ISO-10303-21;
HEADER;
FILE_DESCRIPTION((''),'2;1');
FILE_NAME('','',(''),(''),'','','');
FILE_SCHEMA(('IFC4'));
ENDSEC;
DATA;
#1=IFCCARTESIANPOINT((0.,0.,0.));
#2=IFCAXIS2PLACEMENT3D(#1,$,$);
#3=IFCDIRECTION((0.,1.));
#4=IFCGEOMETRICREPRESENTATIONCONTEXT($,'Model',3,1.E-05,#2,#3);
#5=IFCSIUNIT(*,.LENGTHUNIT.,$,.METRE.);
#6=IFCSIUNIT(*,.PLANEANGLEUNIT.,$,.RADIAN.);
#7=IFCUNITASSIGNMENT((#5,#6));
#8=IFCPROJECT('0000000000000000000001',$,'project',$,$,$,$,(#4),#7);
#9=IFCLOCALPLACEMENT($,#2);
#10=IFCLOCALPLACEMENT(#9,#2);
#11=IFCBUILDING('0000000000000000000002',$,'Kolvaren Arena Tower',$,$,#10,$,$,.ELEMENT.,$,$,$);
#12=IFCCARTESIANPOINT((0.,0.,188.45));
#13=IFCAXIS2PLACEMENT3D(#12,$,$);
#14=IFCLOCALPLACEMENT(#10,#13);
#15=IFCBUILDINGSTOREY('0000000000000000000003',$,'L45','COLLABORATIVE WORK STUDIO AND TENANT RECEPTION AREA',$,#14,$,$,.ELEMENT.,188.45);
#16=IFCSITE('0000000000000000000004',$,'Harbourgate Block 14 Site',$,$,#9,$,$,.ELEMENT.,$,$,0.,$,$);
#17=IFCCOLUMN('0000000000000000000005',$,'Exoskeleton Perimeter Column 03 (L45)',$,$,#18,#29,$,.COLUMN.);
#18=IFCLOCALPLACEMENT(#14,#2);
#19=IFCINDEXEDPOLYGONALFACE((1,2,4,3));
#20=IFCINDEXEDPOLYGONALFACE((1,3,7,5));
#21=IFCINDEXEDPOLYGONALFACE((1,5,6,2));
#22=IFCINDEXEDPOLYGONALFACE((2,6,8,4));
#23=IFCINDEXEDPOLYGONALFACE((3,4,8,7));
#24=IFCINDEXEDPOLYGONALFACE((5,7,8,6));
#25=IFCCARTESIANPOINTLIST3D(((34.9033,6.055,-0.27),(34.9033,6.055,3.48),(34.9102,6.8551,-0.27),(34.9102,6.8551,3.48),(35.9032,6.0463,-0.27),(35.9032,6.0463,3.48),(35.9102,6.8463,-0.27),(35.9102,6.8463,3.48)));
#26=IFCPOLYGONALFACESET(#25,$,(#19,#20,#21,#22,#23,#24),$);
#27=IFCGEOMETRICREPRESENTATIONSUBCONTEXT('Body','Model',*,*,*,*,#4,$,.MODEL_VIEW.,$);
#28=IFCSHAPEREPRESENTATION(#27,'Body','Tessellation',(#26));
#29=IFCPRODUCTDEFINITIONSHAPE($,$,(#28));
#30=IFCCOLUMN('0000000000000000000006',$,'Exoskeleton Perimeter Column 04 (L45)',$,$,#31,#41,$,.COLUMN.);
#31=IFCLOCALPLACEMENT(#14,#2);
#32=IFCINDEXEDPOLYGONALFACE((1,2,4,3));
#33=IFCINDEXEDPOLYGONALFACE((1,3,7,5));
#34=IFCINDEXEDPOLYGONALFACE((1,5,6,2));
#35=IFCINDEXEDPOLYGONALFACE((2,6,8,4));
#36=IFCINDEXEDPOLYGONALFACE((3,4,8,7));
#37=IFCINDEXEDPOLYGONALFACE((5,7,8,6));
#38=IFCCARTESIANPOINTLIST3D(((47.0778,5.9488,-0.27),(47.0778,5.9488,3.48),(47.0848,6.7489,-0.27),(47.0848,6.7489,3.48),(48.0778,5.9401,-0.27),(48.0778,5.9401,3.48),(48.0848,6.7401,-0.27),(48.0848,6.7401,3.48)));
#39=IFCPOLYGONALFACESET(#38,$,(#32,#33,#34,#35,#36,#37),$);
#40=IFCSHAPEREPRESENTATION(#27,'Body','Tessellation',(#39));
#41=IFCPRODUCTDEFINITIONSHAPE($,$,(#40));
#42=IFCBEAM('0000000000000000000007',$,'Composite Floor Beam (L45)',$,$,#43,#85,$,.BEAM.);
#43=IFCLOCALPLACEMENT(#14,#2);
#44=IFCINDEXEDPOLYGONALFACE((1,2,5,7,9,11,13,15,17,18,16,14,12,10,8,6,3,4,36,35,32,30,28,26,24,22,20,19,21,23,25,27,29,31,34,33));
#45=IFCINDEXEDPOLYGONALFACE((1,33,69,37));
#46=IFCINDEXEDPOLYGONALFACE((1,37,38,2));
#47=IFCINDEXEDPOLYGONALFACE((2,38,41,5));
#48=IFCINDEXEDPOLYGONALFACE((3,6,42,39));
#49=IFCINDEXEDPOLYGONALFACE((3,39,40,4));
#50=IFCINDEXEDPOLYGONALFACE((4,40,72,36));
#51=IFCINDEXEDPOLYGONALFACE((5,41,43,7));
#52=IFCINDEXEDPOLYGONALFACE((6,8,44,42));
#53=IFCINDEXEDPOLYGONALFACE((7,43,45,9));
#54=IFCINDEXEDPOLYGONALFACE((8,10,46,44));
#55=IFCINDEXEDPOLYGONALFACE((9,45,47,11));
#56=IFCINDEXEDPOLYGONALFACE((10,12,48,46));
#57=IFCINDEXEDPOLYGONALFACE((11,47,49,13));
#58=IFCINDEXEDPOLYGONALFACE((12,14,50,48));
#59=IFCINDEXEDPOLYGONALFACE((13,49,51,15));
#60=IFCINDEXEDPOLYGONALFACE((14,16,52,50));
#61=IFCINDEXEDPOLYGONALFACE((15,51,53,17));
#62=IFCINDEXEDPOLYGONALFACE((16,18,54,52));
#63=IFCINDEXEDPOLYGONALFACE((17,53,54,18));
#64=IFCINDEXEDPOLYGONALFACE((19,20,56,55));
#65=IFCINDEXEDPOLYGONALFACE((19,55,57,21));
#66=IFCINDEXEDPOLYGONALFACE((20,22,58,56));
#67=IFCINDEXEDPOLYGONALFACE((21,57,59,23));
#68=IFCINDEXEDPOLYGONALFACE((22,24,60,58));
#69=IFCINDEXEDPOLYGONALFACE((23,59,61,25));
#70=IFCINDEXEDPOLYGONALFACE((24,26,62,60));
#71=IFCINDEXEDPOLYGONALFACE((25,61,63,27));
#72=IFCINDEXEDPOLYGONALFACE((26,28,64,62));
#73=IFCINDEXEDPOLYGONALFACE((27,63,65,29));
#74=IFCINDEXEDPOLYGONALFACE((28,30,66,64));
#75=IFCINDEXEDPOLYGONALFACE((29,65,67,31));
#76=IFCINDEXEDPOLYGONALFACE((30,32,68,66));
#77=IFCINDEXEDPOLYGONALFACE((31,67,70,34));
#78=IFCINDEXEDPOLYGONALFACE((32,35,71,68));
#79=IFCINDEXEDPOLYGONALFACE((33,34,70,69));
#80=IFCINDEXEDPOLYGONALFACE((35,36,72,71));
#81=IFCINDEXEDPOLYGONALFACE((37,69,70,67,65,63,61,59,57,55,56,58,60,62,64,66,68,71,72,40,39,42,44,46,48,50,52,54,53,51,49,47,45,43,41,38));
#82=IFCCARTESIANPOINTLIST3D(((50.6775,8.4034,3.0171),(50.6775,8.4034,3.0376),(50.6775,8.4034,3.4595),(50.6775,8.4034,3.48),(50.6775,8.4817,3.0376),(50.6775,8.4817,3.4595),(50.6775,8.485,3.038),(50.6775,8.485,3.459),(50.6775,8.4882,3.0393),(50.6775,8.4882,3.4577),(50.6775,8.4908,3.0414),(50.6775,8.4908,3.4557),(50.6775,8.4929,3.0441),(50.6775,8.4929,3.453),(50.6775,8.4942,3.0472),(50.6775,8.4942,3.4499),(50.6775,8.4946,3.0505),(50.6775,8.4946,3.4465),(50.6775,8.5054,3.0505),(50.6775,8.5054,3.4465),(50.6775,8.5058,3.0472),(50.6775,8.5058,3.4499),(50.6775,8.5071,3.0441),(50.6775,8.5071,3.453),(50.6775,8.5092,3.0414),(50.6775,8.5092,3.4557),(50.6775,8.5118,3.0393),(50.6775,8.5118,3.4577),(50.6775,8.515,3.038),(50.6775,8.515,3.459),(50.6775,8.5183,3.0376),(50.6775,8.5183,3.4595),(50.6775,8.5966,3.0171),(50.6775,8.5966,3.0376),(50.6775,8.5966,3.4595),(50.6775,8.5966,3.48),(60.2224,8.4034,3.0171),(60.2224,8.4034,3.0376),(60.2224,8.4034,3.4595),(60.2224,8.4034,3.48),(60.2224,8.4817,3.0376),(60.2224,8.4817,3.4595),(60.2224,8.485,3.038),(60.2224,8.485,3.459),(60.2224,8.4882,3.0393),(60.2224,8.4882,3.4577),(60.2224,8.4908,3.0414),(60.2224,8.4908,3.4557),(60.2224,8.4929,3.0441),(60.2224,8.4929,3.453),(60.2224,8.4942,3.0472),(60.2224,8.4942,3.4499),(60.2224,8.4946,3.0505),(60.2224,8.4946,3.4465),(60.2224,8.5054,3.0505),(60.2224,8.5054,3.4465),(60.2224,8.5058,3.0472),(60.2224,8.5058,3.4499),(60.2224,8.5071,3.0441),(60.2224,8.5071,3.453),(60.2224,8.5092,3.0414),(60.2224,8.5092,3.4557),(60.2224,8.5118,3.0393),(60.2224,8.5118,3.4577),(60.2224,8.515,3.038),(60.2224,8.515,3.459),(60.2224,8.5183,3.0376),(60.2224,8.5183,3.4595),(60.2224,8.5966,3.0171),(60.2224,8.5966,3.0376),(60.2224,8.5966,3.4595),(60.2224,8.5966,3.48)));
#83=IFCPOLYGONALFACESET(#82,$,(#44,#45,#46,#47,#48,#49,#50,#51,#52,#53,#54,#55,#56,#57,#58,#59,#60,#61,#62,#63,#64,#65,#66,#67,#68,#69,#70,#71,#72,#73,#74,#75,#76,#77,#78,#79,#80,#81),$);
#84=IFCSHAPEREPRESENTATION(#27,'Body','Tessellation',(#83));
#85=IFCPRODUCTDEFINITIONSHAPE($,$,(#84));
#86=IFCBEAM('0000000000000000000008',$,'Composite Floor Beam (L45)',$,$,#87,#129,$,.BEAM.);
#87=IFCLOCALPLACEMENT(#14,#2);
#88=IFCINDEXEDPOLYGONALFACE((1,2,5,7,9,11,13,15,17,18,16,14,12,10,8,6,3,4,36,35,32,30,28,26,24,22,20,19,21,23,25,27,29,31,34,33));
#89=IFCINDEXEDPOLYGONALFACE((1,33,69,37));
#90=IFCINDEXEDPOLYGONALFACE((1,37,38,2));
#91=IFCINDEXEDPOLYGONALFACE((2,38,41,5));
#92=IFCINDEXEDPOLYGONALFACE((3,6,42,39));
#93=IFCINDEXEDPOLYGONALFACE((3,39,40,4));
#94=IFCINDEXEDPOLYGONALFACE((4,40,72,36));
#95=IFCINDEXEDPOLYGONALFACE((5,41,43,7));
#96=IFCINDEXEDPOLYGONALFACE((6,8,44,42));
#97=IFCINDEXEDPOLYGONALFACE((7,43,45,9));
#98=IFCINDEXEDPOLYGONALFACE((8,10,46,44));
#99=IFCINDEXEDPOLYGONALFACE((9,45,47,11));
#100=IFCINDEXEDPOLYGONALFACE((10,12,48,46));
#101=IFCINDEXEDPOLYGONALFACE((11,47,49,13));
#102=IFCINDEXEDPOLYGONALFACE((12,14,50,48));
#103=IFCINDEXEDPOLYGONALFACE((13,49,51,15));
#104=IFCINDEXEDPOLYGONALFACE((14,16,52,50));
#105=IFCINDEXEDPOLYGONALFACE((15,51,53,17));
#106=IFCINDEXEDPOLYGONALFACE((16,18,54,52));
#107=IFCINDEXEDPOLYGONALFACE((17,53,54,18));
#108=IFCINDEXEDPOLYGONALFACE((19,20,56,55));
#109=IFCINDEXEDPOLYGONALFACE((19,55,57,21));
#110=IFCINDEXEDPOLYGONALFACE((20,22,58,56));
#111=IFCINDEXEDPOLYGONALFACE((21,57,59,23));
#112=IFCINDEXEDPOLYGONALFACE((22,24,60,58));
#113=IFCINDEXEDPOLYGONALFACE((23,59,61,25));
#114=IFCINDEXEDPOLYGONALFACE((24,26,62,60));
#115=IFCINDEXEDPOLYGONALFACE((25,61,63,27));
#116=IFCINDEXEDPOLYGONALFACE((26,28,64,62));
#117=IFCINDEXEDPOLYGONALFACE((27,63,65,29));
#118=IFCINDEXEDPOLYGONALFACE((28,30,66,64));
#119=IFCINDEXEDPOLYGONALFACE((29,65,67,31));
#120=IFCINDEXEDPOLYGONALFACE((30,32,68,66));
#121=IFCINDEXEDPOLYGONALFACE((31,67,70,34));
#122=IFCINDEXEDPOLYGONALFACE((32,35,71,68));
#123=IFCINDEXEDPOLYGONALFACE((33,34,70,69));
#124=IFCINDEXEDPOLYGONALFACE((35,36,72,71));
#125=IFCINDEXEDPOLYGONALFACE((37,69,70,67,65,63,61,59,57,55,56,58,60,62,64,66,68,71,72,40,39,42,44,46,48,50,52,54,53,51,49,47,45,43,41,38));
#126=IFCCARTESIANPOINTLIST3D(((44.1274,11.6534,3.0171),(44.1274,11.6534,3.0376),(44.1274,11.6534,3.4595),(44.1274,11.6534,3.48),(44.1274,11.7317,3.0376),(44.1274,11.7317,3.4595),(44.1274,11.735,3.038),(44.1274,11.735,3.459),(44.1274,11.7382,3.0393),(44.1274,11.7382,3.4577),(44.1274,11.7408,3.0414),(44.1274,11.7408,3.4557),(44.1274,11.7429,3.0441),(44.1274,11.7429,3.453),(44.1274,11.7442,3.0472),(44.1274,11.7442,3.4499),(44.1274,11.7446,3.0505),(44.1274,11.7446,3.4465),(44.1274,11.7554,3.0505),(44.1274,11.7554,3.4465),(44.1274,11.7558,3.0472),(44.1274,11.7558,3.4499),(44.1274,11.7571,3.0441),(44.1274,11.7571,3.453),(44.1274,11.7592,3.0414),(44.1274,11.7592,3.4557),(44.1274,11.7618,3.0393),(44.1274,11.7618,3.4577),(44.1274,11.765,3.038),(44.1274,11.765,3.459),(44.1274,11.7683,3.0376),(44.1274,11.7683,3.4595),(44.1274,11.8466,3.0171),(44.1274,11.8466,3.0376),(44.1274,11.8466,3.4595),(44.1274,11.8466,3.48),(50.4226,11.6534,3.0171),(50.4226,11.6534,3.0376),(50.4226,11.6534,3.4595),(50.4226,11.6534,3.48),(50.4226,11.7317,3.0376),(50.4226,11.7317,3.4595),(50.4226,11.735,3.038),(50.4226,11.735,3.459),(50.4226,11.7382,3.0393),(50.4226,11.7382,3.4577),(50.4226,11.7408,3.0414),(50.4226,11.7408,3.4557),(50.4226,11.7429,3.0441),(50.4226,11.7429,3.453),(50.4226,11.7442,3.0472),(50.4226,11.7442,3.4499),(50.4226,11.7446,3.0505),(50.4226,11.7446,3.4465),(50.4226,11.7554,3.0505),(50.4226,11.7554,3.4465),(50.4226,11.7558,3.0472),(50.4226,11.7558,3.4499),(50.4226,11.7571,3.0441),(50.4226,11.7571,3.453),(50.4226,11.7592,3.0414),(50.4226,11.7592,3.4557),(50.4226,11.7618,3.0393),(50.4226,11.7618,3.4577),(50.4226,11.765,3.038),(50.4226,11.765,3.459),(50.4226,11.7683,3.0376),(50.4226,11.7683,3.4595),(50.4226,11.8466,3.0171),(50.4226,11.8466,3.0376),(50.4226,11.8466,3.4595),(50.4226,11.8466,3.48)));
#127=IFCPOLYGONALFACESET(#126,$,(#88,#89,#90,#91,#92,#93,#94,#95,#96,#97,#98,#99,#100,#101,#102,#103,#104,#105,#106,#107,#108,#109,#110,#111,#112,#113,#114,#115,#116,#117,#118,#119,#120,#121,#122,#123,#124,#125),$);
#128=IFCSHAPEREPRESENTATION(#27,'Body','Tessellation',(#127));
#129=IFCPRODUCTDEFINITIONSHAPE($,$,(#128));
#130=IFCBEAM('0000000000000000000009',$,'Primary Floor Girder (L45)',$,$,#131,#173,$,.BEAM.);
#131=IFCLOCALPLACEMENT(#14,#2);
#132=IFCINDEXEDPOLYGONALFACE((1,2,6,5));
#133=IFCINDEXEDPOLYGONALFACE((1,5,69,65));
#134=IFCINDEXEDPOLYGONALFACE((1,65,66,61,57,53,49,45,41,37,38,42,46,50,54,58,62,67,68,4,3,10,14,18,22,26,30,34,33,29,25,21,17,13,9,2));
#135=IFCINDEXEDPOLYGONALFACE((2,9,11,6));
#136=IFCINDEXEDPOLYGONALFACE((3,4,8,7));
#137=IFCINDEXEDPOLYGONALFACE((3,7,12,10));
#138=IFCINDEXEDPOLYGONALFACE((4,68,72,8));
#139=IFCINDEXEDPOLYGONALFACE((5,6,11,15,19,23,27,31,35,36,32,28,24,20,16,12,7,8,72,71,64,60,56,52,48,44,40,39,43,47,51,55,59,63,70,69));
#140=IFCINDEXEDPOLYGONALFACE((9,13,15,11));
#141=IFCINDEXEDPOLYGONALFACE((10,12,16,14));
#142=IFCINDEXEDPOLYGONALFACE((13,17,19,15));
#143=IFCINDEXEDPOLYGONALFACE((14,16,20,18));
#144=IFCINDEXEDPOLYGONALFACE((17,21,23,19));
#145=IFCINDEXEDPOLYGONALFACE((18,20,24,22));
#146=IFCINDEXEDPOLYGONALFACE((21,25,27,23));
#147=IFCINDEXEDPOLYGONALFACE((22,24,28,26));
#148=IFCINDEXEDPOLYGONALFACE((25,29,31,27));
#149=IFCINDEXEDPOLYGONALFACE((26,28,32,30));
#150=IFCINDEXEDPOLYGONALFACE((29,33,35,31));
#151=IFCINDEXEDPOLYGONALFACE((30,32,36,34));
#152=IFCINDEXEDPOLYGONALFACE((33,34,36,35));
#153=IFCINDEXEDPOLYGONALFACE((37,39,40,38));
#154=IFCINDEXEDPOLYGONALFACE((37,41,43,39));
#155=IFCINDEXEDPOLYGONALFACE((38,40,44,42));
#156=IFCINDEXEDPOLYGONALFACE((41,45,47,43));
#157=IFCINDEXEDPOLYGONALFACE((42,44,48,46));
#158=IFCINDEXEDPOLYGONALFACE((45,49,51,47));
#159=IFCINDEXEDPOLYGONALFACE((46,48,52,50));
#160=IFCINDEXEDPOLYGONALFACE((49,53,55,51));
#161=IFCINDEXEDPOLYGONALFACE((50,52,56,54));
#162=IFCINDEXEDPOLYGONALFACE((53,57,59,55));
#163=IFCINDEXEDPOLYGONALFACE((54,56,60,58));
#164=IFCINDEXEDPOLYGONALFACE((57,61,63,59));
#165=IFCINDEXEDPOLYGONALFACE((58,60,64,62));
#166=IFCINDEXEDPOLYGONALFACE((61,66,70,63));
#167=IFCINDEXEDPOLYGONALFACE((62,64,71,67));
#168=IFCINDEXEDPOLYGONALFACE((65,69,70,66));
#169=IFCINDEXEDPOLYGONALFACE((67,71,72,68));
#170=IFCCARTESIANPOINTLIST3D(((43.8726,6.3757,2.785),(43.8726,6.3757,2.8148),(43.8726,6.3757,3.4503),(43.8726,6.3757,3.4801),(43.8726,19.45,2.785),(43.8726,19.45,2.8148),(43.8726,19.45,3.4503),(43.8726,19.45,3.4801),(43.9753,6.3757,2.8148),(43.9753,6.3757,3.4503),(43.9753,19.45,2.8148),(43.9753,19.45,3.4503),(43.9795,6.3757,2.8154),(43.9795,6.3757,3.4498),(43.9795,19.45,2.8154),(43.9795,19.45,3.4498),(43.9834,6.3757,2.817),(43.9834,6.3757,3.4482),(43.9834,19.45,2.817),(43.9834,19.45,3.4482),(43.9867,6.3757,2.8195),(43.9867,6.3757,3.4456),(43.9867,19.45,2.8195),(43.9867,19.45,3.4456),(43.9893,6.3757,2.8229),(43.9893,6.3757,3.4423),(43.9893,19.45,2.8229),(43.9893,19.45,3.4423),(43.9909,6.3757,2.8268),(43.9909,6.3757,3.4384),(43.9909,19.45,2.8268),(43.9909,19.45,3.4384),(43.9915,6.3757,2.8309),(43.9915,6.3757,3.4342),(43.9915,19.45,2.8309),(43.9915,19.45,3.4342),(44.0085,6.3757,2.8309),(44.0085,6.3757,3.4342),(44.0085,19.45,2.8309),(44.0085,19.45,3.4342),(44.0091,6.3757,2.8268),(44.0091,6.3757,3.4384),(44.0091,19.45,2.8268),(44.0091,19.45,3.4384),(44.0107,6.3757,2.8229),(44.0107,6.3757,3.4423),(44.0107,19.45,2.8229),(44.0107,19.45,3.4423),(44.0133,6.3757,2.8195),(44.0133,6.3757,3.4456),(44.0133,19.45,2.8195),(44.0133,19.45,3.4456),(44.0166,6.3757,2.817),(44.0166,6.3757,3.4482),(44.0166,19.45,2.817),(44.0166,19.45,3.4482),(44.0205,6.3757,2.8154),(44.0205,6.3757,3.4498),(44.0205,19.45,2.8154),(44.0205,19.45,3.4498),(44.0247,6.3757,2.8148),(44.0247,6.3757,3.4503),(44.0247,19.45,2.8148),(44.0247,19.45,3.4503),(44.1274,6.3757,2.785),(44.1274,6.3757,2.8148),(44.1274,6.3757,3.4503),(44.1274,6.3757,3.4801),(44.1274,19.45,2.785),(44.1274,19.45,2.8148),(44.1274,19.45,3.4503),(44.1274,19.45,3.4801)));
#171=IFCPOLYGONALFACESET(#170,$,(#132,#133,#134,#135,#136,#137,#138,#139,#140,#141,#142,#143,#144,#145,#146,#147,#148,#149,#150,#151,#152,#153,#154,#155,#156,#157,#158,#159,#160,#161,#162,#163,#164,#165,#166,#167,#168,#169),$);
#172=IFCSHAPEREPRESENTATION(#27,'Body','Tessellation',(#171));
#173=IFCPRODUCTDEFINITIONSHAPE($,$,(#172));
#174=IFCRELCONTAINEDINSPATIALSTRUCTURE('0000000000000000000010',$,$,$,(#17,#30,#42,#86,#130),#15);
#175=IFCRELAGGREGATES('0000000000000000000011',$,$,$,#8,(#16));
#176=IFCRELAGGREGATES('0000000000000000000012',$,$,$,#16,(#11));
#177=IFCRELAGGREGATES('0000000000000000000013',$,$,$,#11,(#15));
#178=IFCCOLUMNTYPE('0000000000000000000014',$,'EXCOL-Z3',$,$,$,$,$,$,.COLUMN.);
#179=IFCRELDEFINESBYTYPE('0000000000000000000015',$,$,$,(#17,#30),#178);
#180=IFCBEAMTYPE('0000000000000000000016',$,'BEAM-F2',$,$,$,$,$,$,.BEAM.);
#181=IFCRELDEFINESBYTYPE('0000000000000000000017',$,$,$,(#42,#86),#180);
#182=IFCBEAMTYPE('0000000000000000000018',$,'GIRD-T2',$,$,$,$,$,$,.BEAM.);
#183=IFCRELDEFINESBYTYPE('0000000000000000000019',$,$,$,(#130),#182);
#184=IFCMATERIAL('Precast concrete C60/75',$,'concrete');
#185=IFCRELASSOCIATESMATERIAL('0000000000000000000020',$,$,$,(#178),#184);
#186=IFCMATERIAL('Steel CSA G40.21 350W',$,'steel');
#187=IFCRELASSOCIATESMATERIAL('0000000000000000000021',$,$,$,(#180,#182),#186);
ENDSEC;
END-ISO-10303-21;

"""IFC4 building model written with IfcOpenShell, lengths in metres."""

from ifc_helpers import new_model, si_unit, direction, frame, origin, origin_2d, place, context, subcontext, project, spatial, rectangle, i_section, extrude, material, material_profile, profile_set, type_object, element, save


model = new_model("IFC4")

# Units and contexts
model_context = context("Model", 3, precision=1e-05, world=origin(), true_north=direction((0.0, 1.0)))
body_context = subcontext(model_context, "Body", "Model", "MODEL_VIEW")
ifc_project = project(units=[si_unit("LENGTHUNIT", "METRE"), si_unit("PLANEANGLEUNIT", "RADIAN")], contexts=[model_context])

# Site, building, storey
site_placement = place(None, origin())
site = spatial("IfcSite", under=ifc_project, at=site_placement, Name="Harbourgate Block 14 Site", CompositionType="ELEMENT", RefElevation=0.0)
building_placement = place(site_placement, origin())
building = spatial("IfcBuilding", under=site, at=building_placement, Name="Kolvaren Arena Tower", CompositionType="ELEMENT")
storey_placement = place(building_placement, frame((0.0, 0.0, 188.45)))
storey = spatial("IfcBuildingStorey", under=building, at=storey_placement, Name="L45", Description="COLLABORATIVE WORK STUDIO AND TENANT RECEPTION AREA", CompositionType="ELEMENT", Elevation=188.45)

# Columns
ifc_material_1 = material(Name="Precast concrete C60/75", Category="concrete")
ifc_material_profile_1 = material_profile(ifc_material_1, rectangle(XDim=1.0, YDim=0.8, at=origin_2d()), Name="RC-1000x800")
ifc_profile_set_1 = profile_set([ifc_material_profile_1], Name="Precast concrete C60/75")
column_type = type_object("IfcColumnType", Name="EXCOL-Z3", PredefinedType="COLUMN", material=ifc_profile_set_1)
for number, where, z_axis, x_axis, name in (
    (1, (35.4067, 6.4507, -0.27), (0.0, 0.0, 1.0), (0.999962, -0.008727, 0.0), "Exoskeleton Perimeter Column 03 (L45)"),
    (2, (47.5813, 6.3445, -0.27), (0.0, 0.0, 1.0), (0.999962, -0.008727, 0.0), "Exoskeleton Perimeter Column 04 (L45)"),
):
    element("IfcColumn", number, at=place(storey_placement, frame(where, z_axis=z_axis, x_axis=x_axis)), inside=storey, type_object=column_type, Name=name, PredefinedType="COLUMN", context=body_context, shape_type="SweptSolid", body=[
        extrude(rectangle(XDim=1.0, YDim=0.8, at=origin_2d()), origin(), (0.0, 0.0, 1.0), 3.75),
    ])

# Beams
ifc_material_2 = material(Name="Steel CSA G40.21 350W", Category="steel")
ifc_material_profile_2 = material_profile(ifc_material_2, i_section(OverallWidth=0.1931, OverallDepth=0.4629, WebThickness=0.0107, FlangeThickness=0.0205, FilletRadius=0.0129, at=origin_2d()), Name="W460x113")
ifc_profile_set_2 = profile_set([ifc_material_profile_2], Name="Steel CSA G40.21 350W")
beam_type_1 = type_object("IfcBeamType", Name="BEAM-F2", PredefinedType="BEAM", material=ifc_profile_set_2)
beam_1_placement = place(storey_placement, frame((50.6775, 8.5, 3.2485), z_axis=(1.0, 0.0, 0.0), x_axis=(0.0, 1.0, 0.0)))
element("IfcBeam", 3, at=beam_1_placement, inside=storey, type_object=beam_type_1, Name="Composite Floor Beam (L45)", PredefinedType="BEAM", context=body_context, shape_type="SweptSolid", body=[
    extrude(i_section(OverallWidth=0.1931, OverallDepth=0.4629, WebThickness=0.0107, FlangeThickness=0.0205, FilletRadius=0.0129, at=origin_2d()), origin(), (0.0, 0.0, 1.0), 9.5449),
])
beam_2_placement = place(storey_placement, frame((44.1274, 11.75, 3.2485), z_axis=(1.0, 0.0, 0.0), x_axis=(0.0, 1.0, 0.0)))
element("IfcBeam", 4, at=beam_2_placement, inside=storey, type_object=beam_type_1, Name="Composite Floor Beam (L45)", PredefinedType="BEAM", context=body_context, shape_type="SweptSolid", body=[
    extrude(i_section(OverallWidth=0.1931, OverallDepth=0.4629, WebThickness=0.0107, FlangeThickness=0.0205, FilletRadius=0.0129, at=origin_2d()), origin(), (0.0, 0.0, 1.0), 6.2952),
])
ifc_material_profile_3 = material_profile(ifc_material_2, i_section(OverallWidth=0.2549, OverallDepth=0.6951, WebThickness=0.0171, FlangeThickness=0.0298, FilletRadius=0.0161, at=origin_2d()), Name="W690x217")
ifc_profile_set_3 = profile_set([ifc_material_profile_3], Name="Steel CSA G40.21 350W")
beam_type_2 = type_object("IfcBeamType", Name="GIRD-T2", PredefinedType="BEAM", material=ifc_profile_set_3)
beam_3_placement = place(storey_placement, frame((44.0, 6.3757, 3.1326), z_axis=(0.0, 1.0, 0.0), x_axis=(-1.0, 0.0, 0.0)))
element("IfcBeam", 5, at=beam_3_placement, inside=storey, type_object=beam_type_2, Name="Primary Floor Girder (L45)", PredefinedType="BEAM", context=body_context, shape_type="SweptSolid", body=[
    extrude(i_section(OverallWidth=0.2549, OverallDepth=0.6951, WebThickness=0.0171, FlangeThickness=0.0298, FilletRadius=0.0161, at=origin_2d()), origin(), (0.0, 0.0, 1.0), 13.0742),
])

save(model, "model.ifc")
